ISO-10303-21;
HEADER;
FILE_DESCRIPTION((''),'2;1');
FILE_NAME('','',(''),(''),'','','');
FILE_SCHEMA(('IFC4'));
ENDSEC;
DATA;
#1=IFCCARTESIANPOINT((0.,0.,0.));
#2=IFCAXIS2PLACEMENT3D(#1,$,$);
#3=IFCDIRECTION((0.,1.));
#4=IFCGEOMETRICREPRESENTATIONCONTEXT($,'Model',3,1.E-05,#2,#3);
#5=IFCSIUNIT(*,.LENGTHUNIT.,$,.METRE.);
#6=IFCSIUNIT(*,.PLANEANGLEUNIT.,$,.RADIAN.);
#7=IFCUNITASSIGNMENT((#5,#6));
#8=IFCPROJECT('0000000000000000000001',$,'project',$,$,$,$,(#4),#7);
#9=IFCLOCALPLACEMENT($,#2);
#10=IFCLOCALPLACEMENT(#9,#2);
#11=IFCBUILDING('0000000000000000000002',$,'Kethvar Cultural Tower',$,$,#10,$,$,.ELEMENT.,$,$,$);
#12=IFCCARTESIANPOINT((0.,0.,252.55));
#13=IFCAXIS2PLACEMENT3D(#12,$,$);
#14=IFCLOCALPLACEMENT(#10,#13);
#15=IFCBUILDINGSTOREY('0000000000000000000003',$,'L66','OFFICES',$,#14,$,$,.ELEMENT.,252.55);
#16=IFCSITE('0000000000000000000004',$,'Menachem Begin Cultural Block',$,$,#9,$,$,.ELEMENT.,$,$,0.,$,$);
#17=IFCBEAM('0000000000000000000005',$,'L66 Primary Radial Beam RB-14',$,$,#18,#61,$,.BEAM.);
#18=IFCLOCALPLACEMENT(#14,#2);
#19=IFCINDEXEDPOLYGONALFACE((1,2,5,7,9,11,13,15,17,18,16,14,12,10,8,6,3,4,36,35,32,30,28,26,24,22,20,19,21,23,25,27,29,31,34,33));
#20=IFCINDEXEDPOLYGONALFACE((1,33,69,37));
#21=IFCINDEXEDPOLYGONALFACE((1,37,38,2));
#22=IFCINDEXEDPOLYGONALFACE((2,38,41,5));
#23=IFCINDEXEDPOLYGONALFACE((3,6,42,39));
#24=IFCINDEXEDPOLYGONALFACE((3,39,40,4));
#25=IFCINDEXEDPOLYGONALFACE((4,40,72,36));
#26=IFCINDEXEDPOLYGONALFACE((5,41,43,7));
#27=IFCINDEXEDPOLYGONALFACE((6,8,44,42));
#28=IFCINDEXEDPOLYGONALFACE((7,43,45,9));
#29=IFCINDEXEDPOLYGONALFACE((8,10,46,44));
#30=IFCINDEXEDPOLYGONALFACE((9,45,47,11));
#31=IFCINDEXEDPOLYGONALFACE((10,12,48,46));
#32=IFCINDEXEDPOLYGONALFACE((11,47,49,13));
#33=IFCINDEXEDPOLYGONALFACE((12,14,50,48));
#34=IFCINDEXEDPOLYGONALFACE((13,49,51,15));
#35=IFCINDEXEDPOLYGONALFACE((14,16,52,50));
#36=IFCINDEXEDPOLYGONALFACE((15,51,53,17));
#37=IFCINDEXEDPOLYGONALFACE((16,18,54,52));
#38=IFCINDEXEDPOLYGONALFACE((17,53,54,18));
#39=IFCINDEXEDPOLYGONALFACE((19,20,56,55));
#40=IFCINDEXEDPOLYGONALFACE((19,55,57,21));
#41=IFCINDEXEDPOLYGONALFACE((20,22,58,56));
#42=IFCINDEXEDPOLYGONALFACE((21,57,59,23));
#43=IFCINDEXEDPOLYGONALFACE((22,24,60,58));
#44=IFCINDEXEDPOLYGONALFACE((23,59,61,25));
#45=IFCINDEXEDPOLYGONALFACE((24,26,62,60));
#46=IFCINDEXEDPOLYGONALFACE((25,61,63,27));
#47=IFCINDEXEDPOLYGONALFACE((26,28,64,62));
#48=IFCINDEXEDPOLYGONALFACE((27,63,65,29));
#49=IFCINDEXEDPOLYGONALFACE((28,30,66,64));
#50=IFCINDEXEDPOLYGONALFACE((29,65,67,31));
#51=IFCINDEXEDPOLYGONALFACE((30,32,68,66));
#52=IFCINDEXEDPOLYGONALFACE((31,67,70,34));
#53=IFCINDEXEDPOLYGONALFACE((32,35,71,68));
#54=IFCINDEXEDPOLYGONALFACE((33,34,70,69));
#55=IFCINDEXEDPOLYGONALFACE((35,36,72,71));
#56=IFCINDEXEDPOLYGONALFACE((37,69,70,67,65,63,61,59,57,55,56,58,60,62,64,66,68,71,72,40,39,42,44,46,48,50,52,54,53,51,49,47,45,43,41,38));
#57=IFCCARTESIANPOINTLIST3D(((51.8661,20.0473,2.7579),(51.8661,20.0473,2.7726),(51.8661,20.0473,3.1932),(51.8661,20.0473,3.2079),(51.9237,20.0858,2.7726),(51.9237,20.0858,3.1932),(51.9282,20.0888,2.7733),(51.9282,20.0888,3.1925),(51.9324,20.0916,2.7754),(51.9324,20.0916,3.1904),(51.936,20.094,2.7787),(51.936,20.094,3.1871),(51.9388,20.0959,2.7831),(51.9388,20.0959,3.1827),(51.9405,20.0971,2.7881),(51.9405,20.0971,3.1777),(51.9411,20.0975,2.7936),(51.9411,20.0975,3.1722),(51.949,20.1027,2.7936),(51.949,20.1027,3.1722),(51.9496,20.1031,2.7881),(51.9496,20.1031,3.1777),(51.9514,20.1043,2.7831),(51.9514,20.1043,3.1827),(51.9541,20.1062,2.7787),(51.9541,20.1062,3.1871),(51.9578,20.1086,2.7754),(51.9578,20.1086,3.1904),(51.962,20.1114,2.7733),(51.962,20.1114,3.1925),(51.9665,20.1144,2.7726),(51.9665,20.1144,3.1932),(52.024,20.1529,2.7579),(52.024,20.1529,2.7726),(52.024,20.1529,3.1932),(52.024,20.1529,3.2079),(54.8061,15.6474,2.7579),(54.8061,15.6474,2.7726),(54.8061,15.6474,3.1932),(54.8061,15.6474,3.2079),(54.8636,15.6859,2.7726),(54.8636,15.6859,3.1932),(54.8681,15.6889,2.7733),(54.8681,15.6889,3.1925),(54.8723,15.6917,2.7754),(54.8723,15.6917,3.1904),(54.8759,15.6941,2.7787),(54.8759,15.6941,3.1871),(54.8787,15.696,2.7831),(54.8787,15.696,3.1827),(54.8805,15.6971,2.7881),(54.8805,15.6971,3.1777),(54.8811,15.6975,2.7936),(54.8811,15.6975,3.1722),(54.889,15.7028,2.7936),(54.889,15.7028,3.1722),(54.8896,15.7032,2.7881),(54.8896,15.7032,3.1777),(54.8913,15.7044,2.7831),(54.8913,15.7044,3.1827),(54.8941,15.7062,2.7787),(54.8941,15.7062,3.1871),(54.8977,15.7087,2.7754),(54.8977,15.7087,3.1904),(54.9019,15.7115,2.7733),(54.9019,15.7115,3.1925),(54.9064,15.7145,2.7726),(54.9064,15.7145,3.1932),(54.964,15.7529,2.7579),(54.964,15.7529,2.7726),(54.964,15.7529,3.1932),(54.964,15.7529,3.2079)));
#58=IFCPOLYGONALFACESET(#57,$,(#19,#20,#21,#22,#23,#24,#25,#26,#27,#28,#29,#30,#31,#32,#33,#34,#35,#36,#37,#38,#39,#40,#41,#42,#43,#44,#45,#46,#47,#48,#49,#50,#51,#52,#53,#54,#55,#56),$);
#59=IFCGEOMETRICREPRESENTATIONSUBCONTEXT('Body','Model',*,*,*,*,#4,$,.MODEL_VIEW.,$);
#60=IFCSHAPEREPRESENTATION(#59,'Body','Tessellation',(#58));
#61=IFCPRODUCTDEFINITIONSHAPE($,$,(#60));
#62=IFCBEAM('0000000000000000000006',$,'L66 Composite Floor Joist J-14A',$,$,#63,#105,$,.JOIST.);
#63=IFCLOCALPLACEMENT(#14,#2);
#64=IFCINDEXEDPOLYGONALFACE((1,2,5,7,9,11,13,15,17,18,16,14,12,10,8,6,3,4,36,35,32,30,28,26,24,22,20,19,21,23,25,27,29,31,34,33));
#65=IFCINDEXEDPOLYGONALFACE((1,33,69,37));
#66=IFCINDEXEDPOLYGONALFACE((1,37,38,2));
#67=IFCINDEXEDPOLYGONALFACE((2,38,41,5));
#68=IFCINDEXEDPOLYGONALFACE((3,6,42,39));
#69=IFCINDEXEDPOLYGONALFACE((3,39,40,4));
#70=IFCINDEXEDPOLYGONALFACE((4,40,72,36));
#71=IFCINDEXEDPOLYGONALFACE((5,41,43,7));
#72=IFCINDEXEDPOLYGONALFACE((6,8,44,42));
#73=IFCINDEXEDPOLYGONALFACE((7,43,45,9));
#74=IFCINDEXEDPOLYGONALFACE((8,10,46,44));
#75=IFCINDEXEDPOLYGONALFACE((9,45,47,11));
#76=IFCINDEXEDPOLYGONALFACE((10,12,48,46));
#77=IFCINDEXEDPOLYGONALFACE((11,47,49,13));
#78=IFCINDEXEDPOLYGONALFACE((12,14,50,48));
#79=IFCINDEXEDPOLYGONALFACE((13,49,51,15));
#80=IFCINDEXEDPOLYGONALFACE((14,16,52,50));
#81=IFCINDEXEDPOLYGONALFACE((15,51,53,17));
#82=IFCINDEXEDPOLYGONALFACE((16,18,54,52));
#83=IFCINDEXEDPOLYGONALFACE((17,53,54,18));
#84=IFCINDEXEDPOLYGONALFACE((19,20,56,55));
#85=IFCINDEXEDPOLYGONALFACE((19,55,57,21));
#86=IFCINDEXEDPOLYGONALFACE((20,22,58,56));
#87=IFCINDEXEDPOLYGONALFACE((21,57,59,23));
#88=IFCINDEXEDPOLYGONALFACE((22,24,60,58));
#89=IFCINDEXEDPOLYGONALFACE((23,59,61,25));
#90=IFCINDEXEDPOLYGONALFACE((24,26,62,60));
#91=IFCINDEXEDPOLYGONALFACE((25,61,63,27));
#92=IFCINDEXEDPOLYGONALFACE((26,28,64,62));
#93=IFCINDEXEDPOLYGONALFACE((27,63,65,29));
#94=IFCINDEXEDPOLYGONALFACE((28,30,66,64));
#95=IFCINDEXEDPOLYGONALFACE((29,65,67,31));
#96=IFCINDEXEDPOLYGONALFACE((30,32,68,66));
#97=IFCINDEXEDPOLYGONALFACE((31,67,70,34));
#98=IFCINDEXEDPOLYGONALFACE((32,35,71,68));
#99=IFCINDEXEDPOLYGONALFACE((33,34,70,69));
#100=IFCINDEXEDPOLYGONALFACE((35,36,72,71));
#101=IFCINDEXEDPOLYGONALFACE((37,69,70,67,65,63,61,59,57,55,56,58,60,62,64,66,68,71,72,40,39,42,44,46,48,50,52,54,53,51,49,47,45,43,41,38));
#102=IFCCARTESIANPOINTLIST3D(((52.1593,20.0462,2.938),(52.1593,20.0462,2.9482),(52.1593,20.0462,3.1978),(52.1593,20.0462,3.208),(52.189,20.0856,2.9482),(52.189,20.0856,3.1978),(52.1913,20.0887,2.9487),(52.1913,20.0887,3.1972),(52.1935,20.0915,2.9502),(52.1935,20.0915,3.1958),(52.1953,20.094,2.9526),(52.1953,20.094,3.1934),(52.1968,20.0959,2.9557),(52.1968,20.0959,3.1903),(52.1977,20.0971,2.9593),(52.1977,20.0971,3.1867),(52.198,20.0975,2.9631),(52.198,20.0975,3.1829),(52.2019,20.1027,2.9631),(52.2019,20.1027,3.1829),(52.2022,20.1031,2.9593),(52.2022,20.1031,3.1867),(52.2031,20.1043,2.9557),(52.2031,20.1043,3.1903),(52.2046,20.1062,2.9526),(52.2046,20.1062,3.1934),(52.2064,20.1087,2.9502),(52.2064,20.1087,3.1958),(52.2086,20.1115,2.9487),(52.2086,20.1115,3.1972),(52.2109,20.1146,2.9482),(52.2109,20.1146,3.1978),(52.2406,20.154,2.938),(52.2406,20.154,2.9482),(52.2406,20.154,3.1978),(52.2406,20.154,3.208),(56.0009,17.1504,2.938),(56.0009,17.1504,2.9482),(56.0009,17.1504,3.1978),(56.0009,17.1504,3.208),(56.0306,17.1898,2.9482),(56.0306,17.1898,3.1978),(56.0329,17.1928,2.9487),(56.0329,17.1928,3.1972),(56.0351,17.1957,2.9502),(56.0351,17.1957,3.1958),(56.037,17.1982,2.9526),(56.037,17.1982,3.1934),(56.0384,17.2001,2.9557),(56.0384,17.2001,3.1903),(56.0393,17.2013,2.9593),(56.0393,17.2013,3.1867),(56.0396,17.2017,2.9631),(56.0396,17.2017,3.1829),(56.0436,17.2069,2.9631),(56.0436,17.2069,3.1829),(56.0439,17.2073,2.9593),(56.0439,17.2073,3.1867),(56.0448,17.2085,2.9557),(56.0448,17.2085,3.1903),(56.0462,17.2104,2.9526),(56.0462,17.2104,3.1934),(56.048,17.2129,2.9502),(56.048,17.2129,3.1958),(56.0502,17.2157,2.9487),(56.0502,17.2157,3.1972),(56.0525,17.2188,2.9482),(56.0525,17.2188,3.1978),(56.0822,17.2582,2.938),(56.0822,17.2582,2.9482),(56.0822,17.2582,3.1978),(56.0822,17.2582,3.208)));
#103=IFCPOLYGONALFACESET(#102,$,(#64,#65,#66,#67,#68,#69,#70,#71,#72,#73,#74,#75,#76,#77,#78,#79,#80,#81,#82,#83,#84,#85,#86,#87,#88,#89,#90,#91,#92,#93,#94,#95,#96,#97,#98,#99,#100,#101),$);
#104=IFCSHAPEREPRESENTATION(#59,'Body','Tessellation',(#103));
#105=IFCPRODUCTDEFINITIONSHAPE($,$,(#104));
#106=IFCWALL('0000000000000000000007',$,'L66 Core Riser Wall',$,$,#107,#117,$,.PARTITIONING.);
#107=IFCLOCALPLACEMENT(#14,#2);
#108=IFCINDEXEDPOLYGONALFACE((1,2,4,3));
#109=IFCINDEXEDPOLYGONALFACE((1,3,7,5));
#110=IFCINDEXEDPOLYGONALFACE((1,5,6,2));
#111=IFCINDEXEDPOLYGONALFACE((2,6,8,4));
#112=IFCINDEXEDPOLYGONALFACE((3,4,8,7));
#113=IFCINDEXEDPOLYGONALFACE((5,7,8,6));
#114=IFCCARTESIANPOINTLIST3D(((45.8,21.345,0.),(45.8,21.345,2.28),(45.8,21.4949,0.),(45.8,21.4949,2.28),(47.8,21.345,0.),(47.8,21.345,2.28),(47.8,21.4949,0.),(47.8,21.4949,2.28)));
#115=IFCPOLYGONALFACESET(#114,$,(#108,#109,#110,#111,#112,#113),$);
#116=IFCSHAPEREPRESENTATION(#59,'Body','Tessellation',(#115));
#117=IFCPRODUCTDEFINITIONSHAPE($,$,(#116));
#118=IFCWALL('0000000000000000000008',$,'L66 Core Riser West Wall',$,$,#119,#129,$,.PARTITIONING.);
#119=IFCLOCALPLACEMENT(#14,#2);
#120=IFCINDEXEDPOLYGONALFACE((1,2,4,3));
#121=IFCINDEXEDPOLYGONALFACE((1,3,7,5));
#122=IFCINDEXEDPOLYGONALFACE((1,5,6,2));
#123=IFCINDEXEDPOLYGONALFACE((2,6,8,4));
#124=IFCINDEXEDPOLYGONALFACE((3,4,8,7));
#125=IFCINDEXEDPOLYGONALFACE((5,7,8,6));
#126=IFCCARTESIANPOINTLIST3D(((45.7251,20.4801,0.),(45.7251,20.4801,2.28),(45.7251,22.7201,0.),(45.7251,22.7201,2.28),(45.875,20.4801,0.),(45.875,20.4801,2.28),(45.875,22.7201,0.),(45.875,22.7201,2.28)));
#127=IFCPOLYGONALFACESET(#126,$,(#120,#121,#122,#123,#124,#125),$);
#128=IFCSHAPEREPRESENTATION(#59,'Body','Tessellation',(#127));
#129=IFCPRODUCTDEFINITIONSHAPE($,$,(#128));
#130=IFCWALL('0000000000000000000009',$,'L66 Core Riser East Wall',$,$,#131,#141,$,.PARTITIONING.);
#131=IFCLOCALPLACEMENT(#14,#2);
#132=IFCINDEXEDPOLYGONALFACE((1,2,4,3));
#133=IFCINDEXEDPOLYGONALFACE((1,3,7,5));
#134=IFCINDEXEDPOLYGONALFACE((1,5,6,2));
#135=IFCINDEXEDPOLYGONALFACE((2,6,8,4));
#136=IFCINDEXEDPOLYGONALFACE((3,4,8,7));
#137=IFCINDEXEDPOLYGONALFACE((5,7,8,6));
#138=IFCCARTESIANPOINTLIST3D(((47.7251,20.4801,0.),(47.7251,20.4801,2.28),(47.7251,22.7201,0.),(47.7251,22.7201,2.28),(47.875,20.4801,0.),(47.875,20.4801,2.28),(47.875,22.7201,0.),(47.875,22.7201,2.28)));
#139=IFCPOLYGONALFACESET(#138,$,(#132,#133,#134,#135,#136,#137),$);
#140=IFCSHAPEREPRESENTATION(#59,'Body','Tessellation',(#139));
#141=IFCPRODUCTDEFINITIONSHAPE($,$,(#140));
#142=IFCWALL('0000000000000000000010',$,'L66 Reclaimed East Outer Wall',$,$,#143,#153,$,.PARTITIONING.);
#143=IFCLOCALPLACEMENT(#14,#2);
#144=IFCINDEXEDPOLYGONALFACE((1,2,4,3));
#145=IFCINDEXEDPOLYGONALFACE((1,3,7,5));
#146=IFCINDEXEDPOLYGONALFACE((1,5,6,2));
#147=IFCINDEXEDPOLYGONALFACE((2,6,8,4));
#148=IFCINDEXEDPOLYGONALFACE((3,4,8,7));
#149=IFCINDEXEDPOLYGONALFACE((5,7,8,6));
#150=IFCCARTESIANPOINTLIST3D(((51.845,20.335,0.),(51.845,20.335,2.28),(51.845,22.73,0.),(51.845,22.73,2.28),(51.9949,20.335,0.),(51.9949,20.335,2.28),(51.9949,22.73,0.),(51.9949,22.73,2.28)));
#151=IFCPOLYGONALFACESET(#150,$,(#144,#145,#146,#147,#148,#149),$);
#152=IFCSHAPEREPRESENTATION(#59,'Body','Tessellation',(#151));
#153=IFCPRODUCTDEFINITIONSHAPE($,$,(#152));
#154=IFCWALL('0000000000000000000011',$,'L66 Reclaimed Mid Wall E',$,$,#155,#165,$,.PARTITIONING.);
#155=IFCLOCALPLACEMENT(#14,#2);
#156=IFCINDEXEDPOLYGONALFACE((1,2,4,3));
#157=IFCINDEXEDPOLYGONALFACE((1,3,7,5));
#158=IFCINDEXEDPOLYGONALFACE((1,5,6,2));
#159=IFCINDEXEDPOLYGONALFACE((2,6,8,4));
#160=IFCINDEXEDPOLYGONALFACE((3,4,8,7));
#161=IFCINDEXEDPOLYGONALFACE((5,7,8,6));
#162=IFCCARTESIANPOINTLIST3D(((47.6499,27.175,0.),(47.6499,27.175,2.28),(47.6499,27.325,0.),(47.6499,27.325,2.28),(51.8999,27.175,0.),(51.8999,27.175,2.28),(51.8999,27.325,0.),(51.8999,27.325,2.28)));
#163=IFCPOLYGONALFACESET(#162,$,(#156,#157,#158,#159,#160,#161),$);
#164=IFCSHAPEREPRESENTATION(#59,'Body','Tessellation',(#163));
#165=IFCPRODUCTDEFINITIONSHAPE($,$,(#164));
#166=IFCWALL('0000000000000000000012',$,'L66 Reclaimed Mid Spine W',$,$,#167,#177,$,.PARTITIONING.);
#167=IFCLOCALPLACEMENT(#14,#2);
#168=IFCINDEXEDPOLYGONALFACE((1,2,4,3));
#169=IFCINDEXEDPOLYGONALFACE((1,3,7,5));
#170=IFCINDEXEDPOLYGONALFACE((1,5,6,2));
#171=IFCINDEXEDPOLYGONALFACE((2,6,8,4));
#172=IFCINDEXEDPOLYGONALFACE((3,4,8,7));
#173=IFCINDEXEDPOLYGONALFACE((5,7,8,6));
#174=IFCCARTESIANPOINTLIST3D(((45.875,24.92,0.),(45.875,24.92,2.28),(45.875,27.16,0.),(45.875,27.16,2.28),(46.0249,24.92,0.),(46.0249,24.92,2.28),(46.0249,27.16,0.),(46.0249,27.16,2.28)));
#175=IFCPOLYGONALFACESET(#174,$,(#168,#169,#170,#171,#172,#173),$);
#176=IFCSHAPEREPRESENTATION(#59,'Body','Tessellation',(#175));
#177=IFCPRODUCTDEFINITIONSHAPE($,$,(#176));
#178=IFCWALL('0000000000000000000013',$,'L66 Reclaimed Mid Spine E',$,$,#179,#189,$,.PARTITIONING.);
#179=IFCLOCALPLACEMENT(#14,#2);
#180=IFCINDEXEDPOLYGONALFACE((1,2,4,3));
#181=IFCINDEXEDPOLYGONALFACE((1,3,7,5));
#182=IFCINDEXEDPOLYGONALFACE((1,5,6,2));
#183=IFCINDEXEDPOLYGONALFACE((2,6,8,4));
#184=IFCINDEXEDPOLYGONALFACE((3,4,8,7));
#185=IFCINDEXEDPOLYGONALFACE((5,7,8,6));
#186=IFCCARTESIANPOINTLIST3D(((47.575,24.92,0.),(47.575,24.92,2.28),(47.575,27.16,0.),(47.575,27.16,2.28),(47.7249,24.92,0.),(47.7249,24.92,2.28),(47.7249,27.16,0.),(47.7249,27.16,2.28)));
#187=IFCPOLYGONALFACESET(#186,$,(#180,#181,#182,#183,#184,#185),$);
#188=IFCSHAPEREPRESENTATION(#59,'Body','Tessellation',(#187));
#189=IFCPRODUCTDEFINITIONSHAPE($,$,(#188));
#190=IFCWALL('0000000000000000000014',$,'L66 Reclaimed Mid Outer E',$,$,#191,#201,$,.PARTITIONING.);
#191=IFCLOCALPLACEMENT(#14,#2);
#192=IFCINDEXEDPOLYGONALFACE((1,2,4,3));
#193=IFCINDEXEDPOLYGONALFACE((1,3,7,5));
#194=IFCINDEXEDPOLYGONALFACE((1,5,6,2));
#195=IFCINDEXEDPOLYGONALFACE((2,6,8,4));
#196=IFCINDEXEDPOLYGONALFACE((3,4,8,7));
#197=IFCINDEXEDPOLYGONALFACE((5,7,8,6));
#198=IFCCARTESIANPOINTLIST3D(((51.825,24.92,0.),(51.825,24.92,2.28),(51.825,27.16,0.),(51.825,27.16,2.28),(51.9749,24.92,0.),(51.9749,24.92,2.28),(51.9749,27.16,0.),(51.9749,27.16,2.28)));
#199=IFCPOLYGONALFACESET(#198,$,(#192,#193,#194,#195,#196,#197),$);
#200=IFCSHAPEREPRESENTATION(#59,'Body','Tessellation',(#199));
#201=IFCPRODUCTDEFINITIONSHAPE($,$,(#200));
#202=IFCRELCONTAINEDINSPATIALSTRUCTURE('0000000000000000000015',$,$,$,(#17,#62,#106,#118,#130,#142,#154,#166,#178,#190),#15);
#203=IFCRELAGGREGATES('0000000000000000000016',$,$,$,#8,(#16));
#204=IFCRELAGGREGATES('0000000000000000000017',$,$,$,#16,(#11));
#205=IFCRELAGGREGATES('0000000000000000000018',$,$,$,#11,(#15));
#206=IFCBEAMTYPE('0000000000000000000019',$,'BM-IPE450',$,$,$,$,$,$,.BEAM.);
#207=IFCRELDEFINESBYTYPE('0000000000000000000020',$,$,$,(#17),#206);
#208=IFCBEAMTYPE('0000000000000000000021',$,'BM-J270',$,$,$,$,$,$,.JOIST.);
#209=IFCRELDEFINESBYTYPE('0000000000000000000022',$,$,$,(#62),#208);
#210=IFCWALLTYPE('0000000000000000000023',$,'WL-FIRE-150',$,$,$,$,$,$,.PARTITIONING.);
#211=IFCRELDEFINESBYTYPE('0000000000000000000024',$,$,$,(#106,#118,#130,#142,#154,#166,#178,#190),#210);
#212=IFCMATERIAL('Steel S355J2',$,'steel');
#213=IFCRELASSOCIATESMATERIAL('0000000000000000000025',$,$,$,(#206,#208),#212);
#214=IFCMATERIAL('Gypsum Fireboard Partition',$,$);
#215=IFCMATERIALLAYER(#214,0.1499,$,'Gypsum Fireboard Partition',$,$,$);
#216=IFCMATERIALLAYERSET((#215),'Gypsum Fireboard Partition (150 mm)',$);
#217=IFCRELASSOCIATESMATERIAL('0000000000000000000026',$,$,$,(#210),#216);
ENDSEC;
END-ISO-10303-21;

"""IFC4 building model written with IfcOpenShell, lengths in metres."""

from ifc_helpers import new_model, si_unit, direction, frame, frame_2d, origin, origin_2d, place, context, subcontext, project, spatial, rectangle, i_section, extrude, source, transform, mapped, material, layer, layer_set, material_profile, profile_set, type_object, element, save


model = new_model("IFC4")

# Units and contexts
model_context = context("Model", 3, precision=1e-05, world=origin(), true_north=direction((0.0, 1.0)))
body_context = subcontext(model_context, "Body", "Model", "MODEL_VIEW")
ifc_project = project(units=[si_unit("LENGTHUNIT", "METRE"), si_unit("PLANEANGLEUNIT", "RADIAN")], contexts=[model_context])

# Site, building, storey
site_placement = place(None, origin())
site = spatial("IfcSite", under=ifc_project, at=site_placement, Name="Menachem Begin Cultural Block", CompositionType="ELEMENT", RefElevation=0.0)
building_placement = place(site_placement, origin())
building = spatial("IfcBuilding", under=site, at=building_placement, Name="Kethvar Cultural Tower", CompositionType="ELEMENT")
storey_placement = place(building_placement, frame((0.0, 0.0, 252.55)))
storey = spatial("IfcBuildingStorey", under=building, at=storey_placement, Name="L66", Description="OFFICES", CompositionType="ELEMENT", Elevation=252.55)

# Beams
ifc_material_1 = material(Name="Steel S355J2", Category="steel")
ifc_material_profile_1 = material_profile(ifc_material_1, i_section(OverallWidth=0.1899, OverallDepth=0.45, WebThickness=0.0095, FlangeThickness=0.0146, FilletRadius=0.021, at=origin_2d()), Name="Steel S355J2 — IPE450")
ifc_profile_set_1 = profile_set([ifc_material_profile_1], Name="Steel S355J2 — IPE450")
beam_type_1 = type_object("IfcBeamType", Name="BM-IPE450", PredefinedType="BEAM", material=ifc_profile_set_1)
shared_shape_1 = source(origin(), body_context, "Body", "SweptSolid", [
    extrude(i_section(OverallWidth=0.1899, OverallDepth=0.45, WebThickness=0.0095, FlangeThickness=0.0146, FilletRadius=0.021, at=origin_2d()), origin(), (0.0, 0.0, 1.0), 5.2917),
])
beam_1_placement = place(storey_placement, frame((51.9451, 20.1001, 2.9829), z_axis=(0.555573, -0.831468, 0.0), x_axis=(0.831468, 0.555573, 0.0)))
element("IfcBeam", 1, at=beam_1_placement, inside=storey, type_object=beam_type_1, Name="L66 Primary Radial Beam RB-14", PredefinedType="BEAM", context=body_context, shape_type="MappedRepresentation", body=[
    mapped(shared_shape_1, transform((0.0, 0.0, 0.0), scale=1.0)),
])
ifc_material_profile_2 = material_profile(ifc_material_1, i_section(OverallWidth=0.135, OverallDepth=0.27, WebThickness=0.0066, FlangeThickness=0.0103, FilletRadius=0.0149, at=origin_2d()), Name="Steel S355J2 — IPE270")
ifc_profile_set_2 = profile_set([ifc_material_profile_2], Name="Steel S355J2 — IPE270")
beam_type_2 = type_object("IfcBeamType", Name="BM-J270", PredefinedType="JOIST", material=ifc_profile_set_2)
shared_shape_2 = source(origin(), body_context, "Body", "SweptSolid", [
    extrude(i_section(OverallWidth=0.135, OverallDepth=0.27, WebThickness=0.0066, FlangeThickness=0.0103, FilletRadius=0.0149, at=origin_2d()), origin(), (0.0, 0.0, 1.0), 4.8108),
])
beam_2_placement = place(storey_placement, frame((52.2, 20.1001, 3.073), z_axis=(0.798542, -0.601939, 0.0), x_axis=(0.601939, 0.798542, 0.0)))
element("IfcBeam", 2, at=beam_2_placement, inside=storey, type_object=beam_type_2, Name="L66 Composite Floor Joist J-14A", PredefinedType="JOIST", context=body_context, shape_type="MappedRepresentation", body=[
    mapped(shared_shape_2, transform((0.0, 0.0, 0.0), scale=1.0)),
])

# Walls
ifc_material_2 = material(Name="Gypsum Fireboard Partition")
ifc_layer_1 = layer(ifc_material_2, 0.1499, Name="Gypsum Fireboard Partition")
ifc_layer_set_1 = layer_set([ifc_layer_1], Name="Gypsum Fireboard Partition (150 mm)")
wall_type_1 = type_object("IfcWallType", Name="WL-FIRE-150", PredefinedType="PARTITIONING", material=ifc_layer_set_1)
wall_1_placement = place(storey_placement, frame((45.8, 21.4199, 0.0), z_axis=(0.0, 0.0, 1.0), x_axis=(1.0, 0.0, 0.0)))
element("IfcWall", 3, at=wall_1_placement, inside=storey, type_object=wall_type_1, Name="L66 Core Riser Wall", PredefinedType="PARTITIONING", context=body_context, shape_type="SweptSolid", body=[
    extrude(rectangle(XDim=2.0, YDim=0.1499, at=frame_2d((1.0, 0.0))), origin(), (0.0, 0.0, 1.0), 2.28),
])
for number, where, z_axis, x_axis, name in (
    (4, (45.8, 20.48, 0.0), (0.0, 0.0, 1.0), (0.0, 1.0, 0.0), "L66 Core Riser West Wall"),
    (5, (47.8, 20.48, 0.0), (0.0, 0.0, 1.0), (0.0, 1.0, 0.0), "L66 Core Riser East Wall"),
):
    element("IfcWall", number, at=place(storey_placement, frame(where, z_axis=z_axis, x_axis=x_axis)), inside=storey, type_object=wall_type_1, Name=name, PredefinedType="PARTITIONING", context=body_context, shape_type="SweptSolid", body=[
        extrude(rectangle(XDim=2.24, YDim=0.1499, at=frame_2d((1.1201, 0.0))), origin(), (0.0, 0.0, 1.0), 2.28),
    ])
wall_2_placement = place(storey_placement, frame((51.9199, 20.335, 0.0), z_axis=(0.0, 0.0, 1.0), x_axis=(0.0, 1.0, 0.0)))
element("IfcWall", 6, at=wall_2_placement, inside=storey, type_object=wall_type_1, Name="L66 Reclaimed East Outer Wall", PredefinedType="PARTITIONING", context=body_context, shape_type="SweptSolid", body=[
    extrude(rectangle(XDim=2.395, YDim=0.1499, at=frame_2d((1.1975, 0.0))), origin(), (0.0, 0.0, 1.0), 2.28),
])
wall_3_placement = place(storey_placement, frame((47.6499, 27.25, 0.0), z_axis=(0.0, 0.0, 1.0), x_axis=(1.0, 0.0, 0.0)))
element("IfcWall", 7, at=wall_3_placement, inside=storey, type_object=wall_type_1, Name="L66 Reclaimed Mid Wall E", PredefinedType="PARTITIONING", context=body_context, shape_type="SweptSolid", body=[
    extrude(rectangle(XDim=4.25, YDim=0.1499, at=frame_2d((2.125, 0.0))), origin(), (0.0, 0.0, 1.0), 2.28),
])
for number, where, z_axis, x_axis, name in (
    (8, (45.95, 24.9199, 0.0), (0.0, 0.0, 1.0), (0.0, 1.0, 0.0), "L66 Reclaimed Mid Spine W"),
    (9, (47.6499, 24.9199, 0.0), (0.0, 0.0, 1.0), (0.0, 1.0, 0.0), "L66 Reclaimed Mid Spine E"),
    (10, (51.8999, 24.9199, 0.0), (0.0, 0.0, 1.0), (0.0, 1.0, 0.0), "L66 Reclaimed Mid Outer E"),
):
    element("IfcWall", number, at=place(storey_placement, frame(where, z_axis=z_axis, x_axis=x_axis)), inside=storey, type_object=wall_type_1, Name=name, PredefinedType="PARTITIONING", context=body_context, shape_type="SweptSolid", body=[
        extrude(rectangle(XDim=2.24, YDim=0.1499, at=frame_2d((1.1201, 0.0))), origin(), (0.0, 0.0, 1.0), 2.28),
    ])

save(model, "model.ifc")
